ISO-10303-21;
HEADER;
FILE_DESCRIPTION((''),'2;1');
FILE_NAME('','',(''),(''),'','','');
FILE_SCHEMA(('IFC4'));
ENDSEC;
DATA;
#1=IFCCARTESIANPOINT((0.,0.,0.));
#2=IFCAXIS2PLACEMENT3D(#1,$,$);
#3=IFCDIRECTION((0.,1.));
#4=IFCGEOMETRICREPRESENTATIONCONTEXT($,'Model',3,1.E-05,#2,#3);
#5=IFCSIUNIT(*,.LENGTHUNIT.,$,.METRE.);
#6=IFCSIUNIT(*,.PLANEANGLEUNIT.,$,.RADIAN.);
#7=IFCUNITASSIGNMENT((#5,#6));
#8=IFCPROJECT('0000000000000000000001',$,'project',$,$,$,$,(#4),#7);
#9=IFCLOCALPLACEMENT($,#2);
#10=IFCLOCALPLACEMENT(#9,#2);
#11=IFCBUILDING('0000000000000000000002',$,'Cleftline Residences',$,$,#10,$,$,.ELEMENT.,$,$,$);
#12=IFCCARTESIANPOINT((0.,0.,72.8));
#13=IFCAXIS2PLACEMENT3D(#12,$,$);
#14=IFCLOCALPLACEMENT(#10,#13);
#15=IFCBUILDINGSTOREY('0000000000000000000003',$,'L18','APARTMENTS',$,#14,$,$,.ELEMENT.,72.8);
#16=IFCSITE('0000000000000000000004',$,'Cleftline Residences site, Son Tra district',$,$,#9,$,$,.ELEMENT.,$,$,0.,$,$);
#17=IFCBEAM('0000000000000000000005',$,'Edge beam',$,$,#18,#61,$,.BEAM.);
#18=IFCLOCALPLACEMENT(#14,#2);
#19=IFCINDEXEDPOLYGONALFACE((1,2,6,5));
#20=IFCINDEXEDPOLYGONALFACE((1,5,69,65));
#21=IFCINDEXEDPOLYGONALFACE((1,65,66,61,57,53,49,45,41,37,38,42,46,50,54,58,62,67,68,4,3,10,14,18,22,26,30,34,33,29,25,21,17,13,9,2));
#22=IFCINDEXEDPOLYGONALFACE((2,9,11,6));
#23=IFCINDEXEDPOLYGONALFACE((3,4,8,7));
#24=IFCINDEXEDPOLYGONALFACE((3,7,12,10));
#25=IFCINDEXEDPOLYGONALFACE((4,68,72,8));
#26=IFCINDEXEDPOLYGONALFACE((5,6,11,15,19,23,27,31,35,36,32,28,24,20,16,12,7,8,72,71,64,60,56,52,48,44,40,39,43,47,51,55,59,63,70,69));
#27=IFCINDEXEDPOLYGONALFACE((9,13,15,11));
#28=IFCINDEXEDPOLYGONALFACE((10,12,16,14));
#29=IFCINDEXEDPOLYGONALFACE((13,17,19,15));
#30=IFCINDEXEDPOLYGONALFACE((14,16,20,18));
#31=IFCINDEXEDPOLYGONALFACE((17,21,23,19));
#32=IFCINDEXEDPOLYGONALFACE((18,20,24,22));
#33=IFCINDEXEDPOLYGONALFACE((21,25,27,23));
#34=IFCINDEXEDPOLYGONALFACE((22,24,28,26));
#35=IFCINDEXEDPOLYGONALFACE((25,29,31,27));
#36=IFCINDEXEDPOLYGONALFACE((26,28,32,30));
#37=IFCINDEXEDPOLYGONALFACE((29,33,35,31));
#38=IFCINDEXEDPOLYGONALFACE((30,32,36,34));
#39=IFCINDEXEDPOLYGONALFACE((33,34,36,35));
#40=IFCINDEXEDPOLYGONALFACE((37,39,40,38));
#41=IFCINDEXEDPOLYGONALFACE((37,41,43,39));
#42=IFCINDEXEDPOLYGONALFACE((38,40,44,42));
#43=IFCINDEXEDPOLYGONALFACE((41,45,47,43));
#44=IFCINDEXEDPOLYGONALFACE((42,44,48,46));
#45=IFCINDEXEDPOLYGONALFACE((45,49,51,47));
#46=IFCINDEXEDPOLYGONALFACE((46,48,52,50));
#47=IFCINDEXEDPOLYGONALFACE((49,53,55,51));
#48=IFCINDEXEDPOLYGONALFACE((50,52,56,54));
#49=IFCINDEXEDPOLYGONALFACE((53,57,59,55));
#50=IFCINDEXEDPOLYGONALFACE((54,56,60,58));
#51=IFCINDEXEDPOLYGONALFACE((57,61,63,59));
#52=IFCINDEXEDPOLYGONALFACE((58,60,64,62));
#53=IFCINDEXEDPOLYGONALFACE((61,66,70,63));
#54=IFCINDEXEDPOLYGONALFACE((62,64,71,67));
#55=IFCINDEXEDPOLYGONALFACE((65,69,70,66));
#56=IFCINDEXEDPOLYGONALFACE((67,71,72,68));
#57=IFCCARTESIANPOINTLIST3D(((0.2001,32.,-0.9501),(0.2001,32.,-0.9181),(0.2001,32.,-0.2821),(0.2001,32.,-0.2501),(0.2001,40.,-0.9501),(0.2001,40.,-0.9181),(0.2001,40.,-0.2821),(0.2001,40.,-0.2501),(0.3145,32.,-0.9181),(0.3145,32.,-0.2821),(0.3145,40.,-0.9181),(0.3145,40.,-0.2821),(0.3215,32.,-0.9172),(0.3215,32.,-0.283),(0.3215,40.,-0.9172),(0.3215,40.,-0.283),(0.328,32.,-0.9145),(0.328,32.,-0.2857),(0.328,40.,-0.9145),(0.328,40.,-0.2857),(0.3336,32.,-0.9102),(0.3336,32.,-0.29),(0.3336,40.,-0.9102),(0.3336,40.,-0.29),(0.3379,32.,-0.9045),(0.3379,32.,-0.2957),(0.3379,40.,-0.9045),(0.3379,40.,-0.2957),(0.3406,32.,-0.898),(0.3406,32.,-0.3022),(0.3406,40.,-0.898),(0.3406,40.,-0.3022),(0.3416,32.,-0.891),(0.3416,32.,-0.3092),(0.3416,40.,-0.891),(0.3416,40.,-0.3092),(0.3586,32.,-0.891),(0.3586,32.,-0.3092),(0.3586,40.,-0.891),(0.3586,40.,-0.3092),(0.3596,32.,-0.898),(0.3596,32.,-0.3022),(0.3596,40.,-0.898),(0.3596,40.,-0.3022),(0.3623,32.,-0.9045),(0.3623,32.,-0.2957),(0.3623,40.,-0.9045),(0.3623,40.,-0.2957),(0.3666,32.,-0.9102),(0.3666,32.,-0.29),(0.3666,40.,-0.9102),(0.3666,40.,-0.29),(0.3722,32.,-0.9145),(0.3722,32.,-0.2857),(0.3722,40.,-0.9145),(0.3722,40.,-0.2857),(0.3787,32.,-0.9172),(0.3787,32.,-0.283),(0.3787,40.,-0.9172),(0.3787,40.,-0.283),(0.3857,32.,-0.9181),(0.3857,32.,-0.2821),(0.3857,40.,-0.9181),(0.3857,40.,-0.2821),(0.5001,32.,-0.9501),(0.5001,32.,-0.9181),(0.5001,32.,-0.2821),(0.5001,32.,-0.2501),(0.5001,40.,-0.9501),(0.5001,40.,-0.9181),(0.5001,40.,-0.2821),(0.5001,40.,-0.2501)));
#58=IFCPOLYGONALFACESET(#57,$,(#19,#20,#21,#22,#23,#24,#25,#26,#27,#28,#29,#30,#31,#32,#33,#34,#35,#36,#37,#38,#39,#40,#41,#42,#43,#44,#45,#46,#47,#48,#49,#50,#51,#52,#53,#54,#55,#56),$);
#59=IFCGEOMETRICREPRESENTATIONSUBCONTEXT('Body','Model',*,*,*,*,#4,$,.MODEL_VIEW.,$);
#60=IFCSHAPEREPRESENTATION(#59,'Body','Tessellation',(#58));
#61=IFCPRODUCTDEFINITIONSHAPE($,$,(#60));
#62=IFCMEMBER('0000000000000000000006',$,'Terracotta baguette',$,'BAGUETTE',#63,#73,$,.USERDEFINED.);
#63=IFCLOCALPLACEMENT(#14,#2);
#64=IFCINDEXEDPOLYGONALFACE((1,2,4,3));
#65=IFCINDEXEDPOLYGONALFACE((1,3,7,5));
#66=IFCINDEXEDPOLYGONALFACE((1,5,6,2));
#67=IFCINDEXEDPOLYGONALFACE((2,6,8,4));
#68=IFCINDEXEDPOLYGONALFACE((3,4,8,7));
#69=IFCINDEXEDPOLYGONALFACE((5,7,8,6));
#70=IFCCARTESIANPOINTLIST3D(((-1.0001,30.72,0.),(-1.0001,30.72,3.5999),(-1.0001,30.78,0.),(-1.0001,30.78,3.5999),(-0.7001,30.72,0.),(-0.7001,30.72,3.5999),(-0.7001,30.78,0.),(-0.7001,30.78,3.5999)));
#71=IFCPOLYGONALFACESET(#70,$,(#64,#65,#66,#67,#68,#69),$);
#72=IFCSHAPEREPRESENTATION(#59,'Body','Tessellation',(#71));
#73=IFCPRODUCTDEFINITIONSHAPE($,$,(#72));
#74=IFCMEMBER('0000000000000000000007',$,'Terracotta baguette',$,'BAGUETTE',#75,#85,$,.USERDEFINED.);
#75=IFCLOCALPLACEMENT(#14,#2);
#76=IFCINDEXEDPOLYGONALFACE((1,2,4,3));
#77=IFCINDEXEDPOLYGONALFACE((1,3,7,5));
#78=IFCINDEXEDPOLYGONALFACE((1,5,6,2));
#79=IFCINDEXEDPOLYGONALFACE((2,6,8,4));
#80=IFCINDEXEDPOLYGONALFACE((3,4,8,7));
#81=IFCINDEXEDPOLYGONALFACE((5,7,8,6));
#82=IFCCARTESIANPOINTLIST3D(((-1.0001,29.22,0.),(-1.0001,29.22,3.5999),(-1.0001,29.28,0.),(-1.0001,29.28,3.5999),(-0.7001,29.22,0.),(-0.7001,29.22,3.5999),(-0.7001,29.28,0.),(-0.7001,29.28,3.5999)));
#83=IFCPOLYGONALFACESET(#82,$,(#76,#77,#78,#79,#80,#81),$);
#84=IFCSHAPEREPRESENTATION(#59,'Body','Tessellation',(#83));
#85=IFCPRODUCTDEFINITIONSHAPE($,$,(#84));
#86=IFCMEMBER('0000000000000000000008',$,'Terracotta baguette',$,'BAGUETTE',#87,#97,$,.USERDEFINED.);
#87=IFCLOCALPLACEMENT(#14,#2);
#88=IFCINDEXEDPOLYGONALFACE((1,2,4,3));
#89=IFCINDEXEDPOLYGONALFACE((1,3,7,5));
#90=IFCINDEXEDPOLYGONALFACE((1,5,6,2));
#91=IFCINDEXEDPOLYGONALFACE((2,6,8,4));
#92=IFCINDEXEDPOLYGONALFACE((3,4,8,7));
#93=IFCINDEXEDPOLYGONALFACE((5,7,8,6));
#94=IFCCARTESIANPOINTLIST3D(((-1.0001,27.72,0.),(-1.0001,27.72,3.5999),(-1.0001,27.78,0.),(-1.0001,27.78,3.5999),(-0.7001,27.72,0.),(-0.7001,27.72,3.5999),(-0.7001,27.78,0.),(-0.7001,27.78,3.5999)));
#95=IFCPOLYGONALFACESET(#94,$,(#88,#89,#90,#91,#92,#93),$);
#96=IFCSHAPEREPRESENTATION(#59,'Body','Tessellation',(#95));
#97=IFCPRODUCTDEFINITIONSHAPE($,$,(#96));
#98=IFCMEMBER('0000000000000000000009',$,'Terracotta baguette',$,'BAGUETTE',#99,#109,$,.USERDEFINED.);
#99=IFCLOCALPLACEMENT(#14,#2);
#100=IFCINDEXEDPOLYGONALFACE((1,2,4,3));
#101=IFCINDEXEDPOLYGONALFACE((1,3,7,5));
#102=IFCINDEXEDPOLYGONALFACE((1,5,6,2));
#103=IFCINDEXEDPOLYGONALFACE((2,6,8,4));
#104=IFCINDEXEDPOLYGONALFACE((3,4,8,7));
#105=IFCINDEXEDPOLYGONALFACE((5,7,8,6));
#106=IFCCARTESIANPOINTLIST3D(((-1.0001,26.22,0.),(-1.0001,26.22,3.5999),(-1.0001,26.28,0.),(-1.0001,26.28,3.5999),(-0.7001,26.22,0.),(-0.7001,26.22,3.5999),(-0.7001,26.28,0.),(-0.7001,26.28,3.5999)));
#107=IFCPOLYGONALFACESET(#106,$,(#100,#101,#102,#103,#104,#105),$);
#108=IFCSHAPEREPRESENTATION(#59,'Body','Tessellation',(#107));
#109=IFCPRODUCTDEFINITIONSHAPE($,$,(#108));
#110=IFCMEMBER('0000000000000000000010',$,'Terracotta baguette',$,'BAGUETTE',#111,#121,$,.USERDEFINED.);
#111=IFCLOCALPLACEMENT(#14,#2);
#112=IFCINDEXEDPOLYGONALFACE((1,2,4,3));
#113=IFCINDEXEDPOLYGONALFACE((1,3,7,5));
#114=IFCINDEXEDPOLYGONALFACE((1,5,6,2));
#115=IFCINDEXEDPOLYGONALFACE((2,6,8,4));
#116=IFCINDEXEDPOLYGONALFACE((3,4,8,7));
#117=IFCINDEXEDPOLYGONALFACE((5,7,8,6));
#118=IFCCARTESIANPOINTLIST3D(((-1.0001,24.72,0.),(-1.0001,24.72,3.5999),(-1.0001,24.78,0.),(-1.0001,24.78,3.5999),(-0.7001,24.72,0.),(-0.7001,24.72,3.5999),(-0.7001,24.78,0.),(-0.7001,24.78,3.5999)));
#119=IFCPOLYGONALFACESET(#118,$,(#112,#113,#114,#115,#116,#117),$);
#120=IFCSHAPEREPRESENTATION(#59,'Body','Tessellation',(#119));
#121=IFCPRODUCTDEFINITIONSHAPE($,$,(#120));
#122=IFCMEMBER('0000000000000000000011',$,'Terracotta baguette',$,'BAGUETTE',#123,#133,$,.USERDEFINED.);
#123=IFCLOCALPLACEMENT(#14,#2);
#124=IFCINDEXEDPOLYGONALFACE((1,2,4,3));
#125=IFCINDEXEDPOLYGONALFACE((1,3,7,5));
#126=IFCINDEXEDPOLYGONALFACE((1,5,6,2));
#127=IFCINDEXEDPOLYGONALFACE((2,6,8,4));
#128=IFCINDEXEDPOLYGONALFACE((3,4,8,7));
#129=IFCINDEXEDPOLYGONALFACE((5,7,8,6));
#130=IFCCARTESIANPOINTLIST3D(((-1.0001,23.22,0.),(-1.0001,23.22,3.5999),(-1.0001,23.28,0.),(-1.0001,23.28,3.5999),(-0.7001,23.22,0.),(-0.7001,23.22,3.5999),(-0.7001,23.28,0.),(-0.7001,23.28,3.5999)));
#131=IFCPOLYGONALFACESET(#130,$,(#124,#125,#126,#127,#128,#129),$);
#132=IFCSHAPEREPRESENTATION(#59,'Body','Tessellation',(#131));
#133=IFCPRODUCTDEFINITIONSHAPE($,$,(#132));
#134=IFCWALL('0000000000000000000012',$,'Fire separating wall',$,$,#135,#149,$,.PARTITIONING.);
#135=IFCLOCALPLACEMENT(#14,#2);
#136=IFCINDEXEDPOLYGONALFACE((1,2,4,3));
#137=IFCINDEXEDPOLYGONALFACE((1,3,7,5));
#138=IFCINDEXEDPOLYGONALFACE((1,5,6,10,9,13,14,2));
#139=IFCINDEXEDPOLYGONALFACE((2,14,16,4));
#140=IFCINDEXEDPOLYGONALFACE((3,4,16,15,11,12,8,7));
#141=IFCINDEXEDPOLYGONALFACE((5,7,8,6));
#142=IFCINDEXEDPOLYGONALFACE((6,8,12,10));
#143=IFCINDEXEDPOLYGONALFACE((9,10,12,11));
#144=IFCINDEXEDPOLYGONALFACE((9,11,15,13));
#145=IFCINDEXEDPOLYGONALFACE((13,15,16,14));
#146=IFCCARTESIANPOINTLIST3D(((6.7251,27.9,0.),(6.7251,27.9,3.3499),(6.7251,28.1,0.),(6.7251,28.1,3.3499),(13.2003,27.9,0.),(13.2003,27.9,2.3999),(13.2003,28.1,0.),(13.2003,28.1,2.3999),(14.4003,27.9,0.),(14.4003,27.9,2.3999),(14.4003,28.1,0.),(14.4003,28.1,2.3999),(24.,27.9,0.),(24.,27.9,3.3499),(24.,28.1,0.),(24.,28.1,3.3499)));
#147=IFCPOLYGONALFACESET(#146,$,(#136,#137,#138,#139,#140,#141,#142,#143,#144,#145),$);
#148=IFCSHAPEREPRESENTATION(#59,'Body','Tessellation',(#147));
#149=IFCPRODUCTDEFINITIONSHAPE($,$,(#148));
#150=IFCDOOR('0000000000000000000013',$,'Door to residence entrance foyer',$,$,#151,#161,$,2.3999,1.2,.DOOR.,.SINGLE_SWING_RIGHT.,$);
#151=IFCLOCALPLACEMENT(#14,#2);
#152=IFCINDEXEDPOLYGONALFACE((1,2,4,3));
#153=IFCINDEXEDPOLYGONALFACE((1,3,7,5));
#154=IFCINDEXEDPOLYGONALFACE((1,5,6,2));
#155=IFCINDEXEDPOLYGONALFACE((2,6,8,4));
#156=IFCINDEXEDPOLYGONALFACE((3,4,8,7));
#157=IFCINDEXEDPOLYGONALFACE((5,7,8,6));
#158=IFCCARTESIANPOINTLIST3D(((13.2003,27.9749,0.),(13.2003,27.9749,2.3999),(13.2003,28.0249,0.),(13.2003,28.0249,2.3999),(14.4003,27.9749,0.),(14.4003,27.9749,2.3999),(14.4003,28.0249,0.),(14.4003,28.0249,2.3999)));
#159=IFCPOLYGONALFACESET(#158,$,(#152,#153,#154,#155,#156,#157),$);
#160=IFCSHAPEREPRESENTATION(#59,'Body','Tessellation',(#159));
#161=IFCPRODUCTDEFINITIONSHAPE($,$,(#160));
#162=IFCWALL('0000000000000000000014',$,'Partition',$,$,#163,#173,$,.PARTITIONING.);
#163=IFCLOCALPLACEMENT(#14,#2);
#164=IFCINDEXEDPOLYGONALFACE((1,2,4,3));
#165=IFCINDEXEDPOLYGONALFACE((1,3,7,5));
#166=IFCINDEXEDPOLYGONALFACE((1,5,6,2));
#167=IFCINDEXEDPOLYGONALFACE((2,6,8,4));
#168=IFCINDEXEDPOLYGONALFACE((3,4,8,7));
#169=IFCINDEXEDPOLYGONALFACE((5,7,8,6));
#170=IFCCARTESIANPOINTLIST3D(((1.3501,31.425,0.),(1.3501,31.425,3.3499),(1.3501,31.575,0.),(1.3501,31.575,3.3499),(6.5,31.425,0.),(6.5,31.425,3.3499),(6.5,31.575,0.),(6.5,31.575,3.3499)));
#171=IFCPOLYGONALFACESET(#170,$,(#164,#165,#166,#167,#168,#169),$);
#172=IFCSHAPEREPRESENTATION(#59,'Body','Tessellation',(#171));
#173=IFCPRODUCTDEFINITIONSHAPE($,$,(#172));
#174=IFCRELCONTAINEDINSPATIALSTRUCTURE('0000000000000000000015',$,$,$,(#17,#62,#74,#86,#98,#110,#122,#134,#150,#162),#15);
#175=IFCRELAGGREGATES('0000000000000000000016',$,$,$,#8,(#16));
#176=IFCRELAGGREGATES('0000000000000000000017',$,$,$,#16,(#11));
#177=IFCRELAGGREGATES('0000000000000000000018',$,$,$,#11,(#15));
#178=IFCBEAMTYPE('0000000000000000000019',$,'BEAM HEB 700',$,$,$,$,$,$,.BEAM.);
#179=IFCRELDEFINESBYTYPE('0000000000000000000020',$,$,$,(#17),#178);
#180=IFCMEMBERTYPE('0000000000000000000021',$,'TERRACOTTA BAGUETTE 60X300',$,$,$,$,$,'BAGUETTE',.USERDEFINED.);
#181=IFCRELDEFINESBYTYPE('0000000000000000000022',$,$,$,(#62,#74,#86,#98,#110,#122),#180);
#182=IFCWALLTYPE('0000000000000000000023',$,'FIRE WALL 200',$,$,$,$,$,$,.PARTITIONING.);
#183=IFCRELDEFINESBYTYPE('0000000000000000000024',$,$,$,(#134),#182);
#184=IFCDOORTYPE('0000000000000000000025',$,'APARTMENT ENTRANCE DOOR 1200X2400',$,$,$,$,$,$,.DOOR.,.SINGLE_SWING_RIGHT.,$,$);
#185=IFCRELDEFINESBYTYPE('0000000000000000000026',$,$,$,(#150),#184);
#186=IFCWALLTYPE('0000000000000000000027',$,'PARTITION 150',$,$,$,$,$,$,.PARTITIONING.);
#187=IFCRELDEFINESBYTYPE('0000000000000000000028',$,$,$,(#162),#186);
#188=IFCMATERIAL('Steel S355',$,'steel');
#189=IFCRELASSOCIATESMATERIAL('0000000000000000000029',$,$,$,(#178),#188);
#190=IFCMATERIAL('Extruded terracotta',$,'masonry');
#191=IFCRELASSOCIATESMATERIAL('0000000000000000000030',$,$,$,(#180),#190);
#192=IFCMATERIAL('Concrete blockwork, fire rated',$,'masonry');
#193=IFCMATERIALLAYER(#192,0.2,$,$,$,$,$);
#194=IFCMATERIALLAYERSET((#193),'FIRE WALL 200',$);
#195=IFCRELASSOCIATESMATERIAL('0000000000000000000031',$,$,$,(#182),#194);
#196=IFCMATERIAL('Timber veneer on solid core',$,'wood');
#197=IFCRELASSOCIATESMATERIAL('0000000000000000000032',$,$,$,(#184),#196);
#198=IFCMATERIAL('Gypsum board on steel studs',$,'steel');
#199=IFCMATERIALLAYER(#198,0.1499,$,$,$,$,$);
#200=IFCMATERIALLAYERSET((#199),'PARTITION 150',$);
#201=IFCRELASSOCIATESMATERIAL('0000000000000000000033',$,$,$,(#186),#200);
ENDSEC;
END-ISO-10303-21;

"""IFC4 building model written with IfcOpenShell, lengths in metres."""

from ifc_helpers import new_model, si_unit, direction, frame, frame_2d, origin, origin_2d, place, context, subcontext, project, spatial, rectangle, i_section, extrude, material, layer, layer_set, material_profile, profile_set, type_object, element, fill, save


model = new_model("IFC4")

# Units and contexts
model_context = context("Model", 3, precision=1e-05, world=origin(), true_north=direction((0.0, 1.0)))
body_context = subcontext(model_context, "Body", "Model", "MODEL_VIEW")
ifc_project = project(units=[si_unit("LENGTHUNIT", "METRE"), si_unit("PLANEANGLEUNIT", "RADIAN")], contexts=[model_context])

# Site, building, storey
site_placement = place(None, origin())
site = spatial("IfcSite", under=ifc_project, at=site_placement, Name="Cleftline Residences site, Son Tra district", CompositionType="ELEMENT", RefElevation=0.0)
building_placement = place(site_placement, origin())
building = spatial("IfcBuilding", under=site, at=building_placement, Name="Cleftline Residences", CompositionType="ELEMENT")
storey_placement = place(building_placement, frame((0.0, 0.0, 72.8)))
storey = spatial("IfcBuildingStorey", under=building, at=storey_placement, Name="L18", Description="APARTMENTS", CompositionType="ELEMENT", Elevation=72.8)

# Beam
ifc_material_1 = material(Name="Steel S355", Category="steel")
ifc_material_profile_1 = material_profile(ifc_material_1, i_section(OverallWidth=0.3, OverallDepth=0.7, WebThickness=0.0171, FlangeThickness=0.032, FilletRadius=0.0271, at=origin_2d()))
ifc_profile_set_1 = profile_set([ifc_material_profile_1], Name="Steel S355")
beam_type = type_object("IfcBeamType", Name="BEAM HEB 700", PredefinedType="BEAM", material=ifc_profile_set_1)
for number, where, z_axis, x_axis, name in (
    (1, (0.3501, 32.0, -0.6001), (0.0, 1.0, 0.0), (-1.0, 0.0, 0.0), "Edge beam"),
):
    element("IfcBeam", number, at=place(storey_placement, frame(where, z_axis=z_axis, x_axis=x_axis)), inside=storey, type_object=beam_type, Name=name, PredefinedType="BEAM", context=body_context, shape_type="SweptSolid", body=[
        extrude(i_section(OverallWidth=0.3, OverallDepth=0.7, WebThickness=0.0171, FlangeThickness=0.032, FilletRadius=0.0271, at=origin_2d()), origin(), (0.0, 0.0, 1.0), 8.0),
    ])

# Members
ifc_material_2 = material(Name="Extruded terracotta", Category="masonry")
ifc_material_profile_2 = material_profile(ifc_material_2, rectangle(XDim=0.0601, YDim=0.3, at=origin_2d()))
ifc_profile_set_2 = profile_set([ifc_material_profile_2], Name="Extruded terracotta")
member_type_1 = type_object("IfcMemberType", Name="TERRACOTTA BAGUETTE 60X300", ElementType="BAGUETTE", PredefinedType="USERDEFINED", material=ifc_profile_set_2)
for number, where, z_axis, x_axis, name in (
    (2, (-0.8501, 30.75, 0.0), (0.0, 0.0, 1.0), (0.0, 1.0, 0.0), "Terracotta baguette"),
    (3, (-0.8501, 29.25, 0.0), (0.0, 0.0, 1.0), (0.0, 1.0, 0.0), "Terracotta baguette"),
    (4, (-0.8501, 27.75, 0.0), (0.0, 0.0, 1.0), (0.0, 1.0, 0.0), "Terracotta baguette"),
    (5, (-0.8501, 26.25, 0.0), (0.0, 0.0, 1.0), (0.0, 1.0, 0.0), "Terracotta baguette"),
    (6, (-0.8501, 24.75, 0.0), (0.0, 0.0, 1.0), (0.0, 1.0, 0.0), "Terracotta baguette"),
    (7, (-0.8501, 23.25, 0.0), (0.0, 0.0, 1.0), (0.0, 1.0, 0.0), "Terracotta baguette"),
):
    element("IfcMember", number, at=place(storey_placement, frame(where, z_axis=z_axis, x_axis=x_axis)), inside=storey, type_object=member_type_1, Name=name, ObjectType="BAGUETTE", PredefinedType="USERDEFINED", context=body_context, shape_type="SweptSolid", body=[
        extrude(rectangle(XDim=0.0601, YDim=0.3, at=origin_2d()), origin(), (0.0, 0.0, 1.0), 3.5999),
    ])

# Wall, opening, door
ifc_material_3 = material(Name="Concrete blockwork, fire rated", Category="masonry")
ifc_layer_1 = layer(ifc_material_3, 0.2)
ifc_layer_set_1 = layer_set([ifc_layer_1], Name="FIRE WALL 200")
wall_type_1 = type_object("IfcWallType", Name="FIRE WALL 200", PredefinedType="PARTITIONING", material=ifc_layer_set_1)
wall_1_placement = place(storey_placement, frame((6.7251, 28.0, 0.0), z_axis=(0.0, 0.0, 1.0), x_axis=(1.0, 0.0, 0.0)))
wall_1 = element("IfcWall", 8, at=wall_1_placement, inside=storey, type_object=wall_type_1, Name="Fire separating wall", PredefinedType="PARTITIONING", context=body_context, shape_type="SweptSolid", body=[
    extrude(rectangle(XDim=17.2749, YDim=0.2, at=frame_2d((8.6375, 0.0))), origin(), (0.0, 0.0, 1.0), 3.3499),
])
opening_1_placement = place(wall_1_placement, frame((6.4751, 0.0, 0.0)))
opening_1 = element("IfcOpeningElement", 9, at=opening_1_placement, cuts=wall_1, PredefinedType="OPENING", context=body_context, shape_type="SweptSolid", body=[
    extrude(rectangle(XDim=1.2, YDim=2.3999, at=frame_2d((0.6001, 1.2))), frame((0.0, 0.1099, 0.0), z_axis=(0.0, -1.0, 0.0), x_axis=(1.0, 0.0, 0.0)), (0.0, 0.0, 1.0), 0.22),
])
ifc_material_4 = material(Name="Timber veneer on solid core", Category="wood")
door_type_1 = type_object("IfcDoorType", Name="APARTMENT ENTRANCE DOOR 1200X2400", OperationType="SINGLE_SWING_RIGHT", PredefinedType="DOOR", material=ifc_material_4)
door_1_placement = place(opening_1_placement, origin())
door_1 = element("IfcDoor", 10, at=door_1_placement, inside=storey, type_object=door_type_1, Name="Door to residence entrance foyer", OperationType="SINGLE_SWING_RIGHT", OverallHeight=2.3999, OverallWidth=1.2, PredefinedType="DOOR", context=body_context, shape_type="SweptSolid", body=[
    extrude(rectangle(XDim=1.2, YDim=2.3999, at=frame_2d((0.6001, 1.2))), frame((0.0, 0.0249, 0.0), z_axis=(0.0, -1.0, 0.0), x_axis=(1.0, 0.0, 0.0)), (0.0, 0.0, 1.0), 0.05),
])
fill(opening_1, door_1)

# Wall
ifc_material_5 = material(Name="Gypsum board on steel studs", Category="steel")
ifc_layer_2 = layer(ifc_material_5, 0.1499)
ifc_layer_set_2 = layer_set([ifc_layer_2], Name="PARTITION 150")
wall_type_2 = type_object("IfcWallType", Name="PARTITION 150", PredefinedType="PARTITIONING", material=ifc_layer_set_2)
wall_2_placement = place(storey_placement, frame((1.3501, 31.5, 0.0), z_axis=(0.0, 0.0, 1.0), x_axis=(1.0, 0.0, 0.0)))
element("IfcWall", 11, at=wall_2_placement, inside=storey, type_object=wall_type_2, Name="Partition", PredefinedType="PARTITIONING", context=body_context, shape_type="SweptSolid", body=[
    extrude(rectangle(XDim=5.1499, YDim=0.1499, at=frame_2d((2.575, 0.0))), origin(), (0.0, 0.0, 1.0), 3.3499),
])

save(model, "model.ifc")
